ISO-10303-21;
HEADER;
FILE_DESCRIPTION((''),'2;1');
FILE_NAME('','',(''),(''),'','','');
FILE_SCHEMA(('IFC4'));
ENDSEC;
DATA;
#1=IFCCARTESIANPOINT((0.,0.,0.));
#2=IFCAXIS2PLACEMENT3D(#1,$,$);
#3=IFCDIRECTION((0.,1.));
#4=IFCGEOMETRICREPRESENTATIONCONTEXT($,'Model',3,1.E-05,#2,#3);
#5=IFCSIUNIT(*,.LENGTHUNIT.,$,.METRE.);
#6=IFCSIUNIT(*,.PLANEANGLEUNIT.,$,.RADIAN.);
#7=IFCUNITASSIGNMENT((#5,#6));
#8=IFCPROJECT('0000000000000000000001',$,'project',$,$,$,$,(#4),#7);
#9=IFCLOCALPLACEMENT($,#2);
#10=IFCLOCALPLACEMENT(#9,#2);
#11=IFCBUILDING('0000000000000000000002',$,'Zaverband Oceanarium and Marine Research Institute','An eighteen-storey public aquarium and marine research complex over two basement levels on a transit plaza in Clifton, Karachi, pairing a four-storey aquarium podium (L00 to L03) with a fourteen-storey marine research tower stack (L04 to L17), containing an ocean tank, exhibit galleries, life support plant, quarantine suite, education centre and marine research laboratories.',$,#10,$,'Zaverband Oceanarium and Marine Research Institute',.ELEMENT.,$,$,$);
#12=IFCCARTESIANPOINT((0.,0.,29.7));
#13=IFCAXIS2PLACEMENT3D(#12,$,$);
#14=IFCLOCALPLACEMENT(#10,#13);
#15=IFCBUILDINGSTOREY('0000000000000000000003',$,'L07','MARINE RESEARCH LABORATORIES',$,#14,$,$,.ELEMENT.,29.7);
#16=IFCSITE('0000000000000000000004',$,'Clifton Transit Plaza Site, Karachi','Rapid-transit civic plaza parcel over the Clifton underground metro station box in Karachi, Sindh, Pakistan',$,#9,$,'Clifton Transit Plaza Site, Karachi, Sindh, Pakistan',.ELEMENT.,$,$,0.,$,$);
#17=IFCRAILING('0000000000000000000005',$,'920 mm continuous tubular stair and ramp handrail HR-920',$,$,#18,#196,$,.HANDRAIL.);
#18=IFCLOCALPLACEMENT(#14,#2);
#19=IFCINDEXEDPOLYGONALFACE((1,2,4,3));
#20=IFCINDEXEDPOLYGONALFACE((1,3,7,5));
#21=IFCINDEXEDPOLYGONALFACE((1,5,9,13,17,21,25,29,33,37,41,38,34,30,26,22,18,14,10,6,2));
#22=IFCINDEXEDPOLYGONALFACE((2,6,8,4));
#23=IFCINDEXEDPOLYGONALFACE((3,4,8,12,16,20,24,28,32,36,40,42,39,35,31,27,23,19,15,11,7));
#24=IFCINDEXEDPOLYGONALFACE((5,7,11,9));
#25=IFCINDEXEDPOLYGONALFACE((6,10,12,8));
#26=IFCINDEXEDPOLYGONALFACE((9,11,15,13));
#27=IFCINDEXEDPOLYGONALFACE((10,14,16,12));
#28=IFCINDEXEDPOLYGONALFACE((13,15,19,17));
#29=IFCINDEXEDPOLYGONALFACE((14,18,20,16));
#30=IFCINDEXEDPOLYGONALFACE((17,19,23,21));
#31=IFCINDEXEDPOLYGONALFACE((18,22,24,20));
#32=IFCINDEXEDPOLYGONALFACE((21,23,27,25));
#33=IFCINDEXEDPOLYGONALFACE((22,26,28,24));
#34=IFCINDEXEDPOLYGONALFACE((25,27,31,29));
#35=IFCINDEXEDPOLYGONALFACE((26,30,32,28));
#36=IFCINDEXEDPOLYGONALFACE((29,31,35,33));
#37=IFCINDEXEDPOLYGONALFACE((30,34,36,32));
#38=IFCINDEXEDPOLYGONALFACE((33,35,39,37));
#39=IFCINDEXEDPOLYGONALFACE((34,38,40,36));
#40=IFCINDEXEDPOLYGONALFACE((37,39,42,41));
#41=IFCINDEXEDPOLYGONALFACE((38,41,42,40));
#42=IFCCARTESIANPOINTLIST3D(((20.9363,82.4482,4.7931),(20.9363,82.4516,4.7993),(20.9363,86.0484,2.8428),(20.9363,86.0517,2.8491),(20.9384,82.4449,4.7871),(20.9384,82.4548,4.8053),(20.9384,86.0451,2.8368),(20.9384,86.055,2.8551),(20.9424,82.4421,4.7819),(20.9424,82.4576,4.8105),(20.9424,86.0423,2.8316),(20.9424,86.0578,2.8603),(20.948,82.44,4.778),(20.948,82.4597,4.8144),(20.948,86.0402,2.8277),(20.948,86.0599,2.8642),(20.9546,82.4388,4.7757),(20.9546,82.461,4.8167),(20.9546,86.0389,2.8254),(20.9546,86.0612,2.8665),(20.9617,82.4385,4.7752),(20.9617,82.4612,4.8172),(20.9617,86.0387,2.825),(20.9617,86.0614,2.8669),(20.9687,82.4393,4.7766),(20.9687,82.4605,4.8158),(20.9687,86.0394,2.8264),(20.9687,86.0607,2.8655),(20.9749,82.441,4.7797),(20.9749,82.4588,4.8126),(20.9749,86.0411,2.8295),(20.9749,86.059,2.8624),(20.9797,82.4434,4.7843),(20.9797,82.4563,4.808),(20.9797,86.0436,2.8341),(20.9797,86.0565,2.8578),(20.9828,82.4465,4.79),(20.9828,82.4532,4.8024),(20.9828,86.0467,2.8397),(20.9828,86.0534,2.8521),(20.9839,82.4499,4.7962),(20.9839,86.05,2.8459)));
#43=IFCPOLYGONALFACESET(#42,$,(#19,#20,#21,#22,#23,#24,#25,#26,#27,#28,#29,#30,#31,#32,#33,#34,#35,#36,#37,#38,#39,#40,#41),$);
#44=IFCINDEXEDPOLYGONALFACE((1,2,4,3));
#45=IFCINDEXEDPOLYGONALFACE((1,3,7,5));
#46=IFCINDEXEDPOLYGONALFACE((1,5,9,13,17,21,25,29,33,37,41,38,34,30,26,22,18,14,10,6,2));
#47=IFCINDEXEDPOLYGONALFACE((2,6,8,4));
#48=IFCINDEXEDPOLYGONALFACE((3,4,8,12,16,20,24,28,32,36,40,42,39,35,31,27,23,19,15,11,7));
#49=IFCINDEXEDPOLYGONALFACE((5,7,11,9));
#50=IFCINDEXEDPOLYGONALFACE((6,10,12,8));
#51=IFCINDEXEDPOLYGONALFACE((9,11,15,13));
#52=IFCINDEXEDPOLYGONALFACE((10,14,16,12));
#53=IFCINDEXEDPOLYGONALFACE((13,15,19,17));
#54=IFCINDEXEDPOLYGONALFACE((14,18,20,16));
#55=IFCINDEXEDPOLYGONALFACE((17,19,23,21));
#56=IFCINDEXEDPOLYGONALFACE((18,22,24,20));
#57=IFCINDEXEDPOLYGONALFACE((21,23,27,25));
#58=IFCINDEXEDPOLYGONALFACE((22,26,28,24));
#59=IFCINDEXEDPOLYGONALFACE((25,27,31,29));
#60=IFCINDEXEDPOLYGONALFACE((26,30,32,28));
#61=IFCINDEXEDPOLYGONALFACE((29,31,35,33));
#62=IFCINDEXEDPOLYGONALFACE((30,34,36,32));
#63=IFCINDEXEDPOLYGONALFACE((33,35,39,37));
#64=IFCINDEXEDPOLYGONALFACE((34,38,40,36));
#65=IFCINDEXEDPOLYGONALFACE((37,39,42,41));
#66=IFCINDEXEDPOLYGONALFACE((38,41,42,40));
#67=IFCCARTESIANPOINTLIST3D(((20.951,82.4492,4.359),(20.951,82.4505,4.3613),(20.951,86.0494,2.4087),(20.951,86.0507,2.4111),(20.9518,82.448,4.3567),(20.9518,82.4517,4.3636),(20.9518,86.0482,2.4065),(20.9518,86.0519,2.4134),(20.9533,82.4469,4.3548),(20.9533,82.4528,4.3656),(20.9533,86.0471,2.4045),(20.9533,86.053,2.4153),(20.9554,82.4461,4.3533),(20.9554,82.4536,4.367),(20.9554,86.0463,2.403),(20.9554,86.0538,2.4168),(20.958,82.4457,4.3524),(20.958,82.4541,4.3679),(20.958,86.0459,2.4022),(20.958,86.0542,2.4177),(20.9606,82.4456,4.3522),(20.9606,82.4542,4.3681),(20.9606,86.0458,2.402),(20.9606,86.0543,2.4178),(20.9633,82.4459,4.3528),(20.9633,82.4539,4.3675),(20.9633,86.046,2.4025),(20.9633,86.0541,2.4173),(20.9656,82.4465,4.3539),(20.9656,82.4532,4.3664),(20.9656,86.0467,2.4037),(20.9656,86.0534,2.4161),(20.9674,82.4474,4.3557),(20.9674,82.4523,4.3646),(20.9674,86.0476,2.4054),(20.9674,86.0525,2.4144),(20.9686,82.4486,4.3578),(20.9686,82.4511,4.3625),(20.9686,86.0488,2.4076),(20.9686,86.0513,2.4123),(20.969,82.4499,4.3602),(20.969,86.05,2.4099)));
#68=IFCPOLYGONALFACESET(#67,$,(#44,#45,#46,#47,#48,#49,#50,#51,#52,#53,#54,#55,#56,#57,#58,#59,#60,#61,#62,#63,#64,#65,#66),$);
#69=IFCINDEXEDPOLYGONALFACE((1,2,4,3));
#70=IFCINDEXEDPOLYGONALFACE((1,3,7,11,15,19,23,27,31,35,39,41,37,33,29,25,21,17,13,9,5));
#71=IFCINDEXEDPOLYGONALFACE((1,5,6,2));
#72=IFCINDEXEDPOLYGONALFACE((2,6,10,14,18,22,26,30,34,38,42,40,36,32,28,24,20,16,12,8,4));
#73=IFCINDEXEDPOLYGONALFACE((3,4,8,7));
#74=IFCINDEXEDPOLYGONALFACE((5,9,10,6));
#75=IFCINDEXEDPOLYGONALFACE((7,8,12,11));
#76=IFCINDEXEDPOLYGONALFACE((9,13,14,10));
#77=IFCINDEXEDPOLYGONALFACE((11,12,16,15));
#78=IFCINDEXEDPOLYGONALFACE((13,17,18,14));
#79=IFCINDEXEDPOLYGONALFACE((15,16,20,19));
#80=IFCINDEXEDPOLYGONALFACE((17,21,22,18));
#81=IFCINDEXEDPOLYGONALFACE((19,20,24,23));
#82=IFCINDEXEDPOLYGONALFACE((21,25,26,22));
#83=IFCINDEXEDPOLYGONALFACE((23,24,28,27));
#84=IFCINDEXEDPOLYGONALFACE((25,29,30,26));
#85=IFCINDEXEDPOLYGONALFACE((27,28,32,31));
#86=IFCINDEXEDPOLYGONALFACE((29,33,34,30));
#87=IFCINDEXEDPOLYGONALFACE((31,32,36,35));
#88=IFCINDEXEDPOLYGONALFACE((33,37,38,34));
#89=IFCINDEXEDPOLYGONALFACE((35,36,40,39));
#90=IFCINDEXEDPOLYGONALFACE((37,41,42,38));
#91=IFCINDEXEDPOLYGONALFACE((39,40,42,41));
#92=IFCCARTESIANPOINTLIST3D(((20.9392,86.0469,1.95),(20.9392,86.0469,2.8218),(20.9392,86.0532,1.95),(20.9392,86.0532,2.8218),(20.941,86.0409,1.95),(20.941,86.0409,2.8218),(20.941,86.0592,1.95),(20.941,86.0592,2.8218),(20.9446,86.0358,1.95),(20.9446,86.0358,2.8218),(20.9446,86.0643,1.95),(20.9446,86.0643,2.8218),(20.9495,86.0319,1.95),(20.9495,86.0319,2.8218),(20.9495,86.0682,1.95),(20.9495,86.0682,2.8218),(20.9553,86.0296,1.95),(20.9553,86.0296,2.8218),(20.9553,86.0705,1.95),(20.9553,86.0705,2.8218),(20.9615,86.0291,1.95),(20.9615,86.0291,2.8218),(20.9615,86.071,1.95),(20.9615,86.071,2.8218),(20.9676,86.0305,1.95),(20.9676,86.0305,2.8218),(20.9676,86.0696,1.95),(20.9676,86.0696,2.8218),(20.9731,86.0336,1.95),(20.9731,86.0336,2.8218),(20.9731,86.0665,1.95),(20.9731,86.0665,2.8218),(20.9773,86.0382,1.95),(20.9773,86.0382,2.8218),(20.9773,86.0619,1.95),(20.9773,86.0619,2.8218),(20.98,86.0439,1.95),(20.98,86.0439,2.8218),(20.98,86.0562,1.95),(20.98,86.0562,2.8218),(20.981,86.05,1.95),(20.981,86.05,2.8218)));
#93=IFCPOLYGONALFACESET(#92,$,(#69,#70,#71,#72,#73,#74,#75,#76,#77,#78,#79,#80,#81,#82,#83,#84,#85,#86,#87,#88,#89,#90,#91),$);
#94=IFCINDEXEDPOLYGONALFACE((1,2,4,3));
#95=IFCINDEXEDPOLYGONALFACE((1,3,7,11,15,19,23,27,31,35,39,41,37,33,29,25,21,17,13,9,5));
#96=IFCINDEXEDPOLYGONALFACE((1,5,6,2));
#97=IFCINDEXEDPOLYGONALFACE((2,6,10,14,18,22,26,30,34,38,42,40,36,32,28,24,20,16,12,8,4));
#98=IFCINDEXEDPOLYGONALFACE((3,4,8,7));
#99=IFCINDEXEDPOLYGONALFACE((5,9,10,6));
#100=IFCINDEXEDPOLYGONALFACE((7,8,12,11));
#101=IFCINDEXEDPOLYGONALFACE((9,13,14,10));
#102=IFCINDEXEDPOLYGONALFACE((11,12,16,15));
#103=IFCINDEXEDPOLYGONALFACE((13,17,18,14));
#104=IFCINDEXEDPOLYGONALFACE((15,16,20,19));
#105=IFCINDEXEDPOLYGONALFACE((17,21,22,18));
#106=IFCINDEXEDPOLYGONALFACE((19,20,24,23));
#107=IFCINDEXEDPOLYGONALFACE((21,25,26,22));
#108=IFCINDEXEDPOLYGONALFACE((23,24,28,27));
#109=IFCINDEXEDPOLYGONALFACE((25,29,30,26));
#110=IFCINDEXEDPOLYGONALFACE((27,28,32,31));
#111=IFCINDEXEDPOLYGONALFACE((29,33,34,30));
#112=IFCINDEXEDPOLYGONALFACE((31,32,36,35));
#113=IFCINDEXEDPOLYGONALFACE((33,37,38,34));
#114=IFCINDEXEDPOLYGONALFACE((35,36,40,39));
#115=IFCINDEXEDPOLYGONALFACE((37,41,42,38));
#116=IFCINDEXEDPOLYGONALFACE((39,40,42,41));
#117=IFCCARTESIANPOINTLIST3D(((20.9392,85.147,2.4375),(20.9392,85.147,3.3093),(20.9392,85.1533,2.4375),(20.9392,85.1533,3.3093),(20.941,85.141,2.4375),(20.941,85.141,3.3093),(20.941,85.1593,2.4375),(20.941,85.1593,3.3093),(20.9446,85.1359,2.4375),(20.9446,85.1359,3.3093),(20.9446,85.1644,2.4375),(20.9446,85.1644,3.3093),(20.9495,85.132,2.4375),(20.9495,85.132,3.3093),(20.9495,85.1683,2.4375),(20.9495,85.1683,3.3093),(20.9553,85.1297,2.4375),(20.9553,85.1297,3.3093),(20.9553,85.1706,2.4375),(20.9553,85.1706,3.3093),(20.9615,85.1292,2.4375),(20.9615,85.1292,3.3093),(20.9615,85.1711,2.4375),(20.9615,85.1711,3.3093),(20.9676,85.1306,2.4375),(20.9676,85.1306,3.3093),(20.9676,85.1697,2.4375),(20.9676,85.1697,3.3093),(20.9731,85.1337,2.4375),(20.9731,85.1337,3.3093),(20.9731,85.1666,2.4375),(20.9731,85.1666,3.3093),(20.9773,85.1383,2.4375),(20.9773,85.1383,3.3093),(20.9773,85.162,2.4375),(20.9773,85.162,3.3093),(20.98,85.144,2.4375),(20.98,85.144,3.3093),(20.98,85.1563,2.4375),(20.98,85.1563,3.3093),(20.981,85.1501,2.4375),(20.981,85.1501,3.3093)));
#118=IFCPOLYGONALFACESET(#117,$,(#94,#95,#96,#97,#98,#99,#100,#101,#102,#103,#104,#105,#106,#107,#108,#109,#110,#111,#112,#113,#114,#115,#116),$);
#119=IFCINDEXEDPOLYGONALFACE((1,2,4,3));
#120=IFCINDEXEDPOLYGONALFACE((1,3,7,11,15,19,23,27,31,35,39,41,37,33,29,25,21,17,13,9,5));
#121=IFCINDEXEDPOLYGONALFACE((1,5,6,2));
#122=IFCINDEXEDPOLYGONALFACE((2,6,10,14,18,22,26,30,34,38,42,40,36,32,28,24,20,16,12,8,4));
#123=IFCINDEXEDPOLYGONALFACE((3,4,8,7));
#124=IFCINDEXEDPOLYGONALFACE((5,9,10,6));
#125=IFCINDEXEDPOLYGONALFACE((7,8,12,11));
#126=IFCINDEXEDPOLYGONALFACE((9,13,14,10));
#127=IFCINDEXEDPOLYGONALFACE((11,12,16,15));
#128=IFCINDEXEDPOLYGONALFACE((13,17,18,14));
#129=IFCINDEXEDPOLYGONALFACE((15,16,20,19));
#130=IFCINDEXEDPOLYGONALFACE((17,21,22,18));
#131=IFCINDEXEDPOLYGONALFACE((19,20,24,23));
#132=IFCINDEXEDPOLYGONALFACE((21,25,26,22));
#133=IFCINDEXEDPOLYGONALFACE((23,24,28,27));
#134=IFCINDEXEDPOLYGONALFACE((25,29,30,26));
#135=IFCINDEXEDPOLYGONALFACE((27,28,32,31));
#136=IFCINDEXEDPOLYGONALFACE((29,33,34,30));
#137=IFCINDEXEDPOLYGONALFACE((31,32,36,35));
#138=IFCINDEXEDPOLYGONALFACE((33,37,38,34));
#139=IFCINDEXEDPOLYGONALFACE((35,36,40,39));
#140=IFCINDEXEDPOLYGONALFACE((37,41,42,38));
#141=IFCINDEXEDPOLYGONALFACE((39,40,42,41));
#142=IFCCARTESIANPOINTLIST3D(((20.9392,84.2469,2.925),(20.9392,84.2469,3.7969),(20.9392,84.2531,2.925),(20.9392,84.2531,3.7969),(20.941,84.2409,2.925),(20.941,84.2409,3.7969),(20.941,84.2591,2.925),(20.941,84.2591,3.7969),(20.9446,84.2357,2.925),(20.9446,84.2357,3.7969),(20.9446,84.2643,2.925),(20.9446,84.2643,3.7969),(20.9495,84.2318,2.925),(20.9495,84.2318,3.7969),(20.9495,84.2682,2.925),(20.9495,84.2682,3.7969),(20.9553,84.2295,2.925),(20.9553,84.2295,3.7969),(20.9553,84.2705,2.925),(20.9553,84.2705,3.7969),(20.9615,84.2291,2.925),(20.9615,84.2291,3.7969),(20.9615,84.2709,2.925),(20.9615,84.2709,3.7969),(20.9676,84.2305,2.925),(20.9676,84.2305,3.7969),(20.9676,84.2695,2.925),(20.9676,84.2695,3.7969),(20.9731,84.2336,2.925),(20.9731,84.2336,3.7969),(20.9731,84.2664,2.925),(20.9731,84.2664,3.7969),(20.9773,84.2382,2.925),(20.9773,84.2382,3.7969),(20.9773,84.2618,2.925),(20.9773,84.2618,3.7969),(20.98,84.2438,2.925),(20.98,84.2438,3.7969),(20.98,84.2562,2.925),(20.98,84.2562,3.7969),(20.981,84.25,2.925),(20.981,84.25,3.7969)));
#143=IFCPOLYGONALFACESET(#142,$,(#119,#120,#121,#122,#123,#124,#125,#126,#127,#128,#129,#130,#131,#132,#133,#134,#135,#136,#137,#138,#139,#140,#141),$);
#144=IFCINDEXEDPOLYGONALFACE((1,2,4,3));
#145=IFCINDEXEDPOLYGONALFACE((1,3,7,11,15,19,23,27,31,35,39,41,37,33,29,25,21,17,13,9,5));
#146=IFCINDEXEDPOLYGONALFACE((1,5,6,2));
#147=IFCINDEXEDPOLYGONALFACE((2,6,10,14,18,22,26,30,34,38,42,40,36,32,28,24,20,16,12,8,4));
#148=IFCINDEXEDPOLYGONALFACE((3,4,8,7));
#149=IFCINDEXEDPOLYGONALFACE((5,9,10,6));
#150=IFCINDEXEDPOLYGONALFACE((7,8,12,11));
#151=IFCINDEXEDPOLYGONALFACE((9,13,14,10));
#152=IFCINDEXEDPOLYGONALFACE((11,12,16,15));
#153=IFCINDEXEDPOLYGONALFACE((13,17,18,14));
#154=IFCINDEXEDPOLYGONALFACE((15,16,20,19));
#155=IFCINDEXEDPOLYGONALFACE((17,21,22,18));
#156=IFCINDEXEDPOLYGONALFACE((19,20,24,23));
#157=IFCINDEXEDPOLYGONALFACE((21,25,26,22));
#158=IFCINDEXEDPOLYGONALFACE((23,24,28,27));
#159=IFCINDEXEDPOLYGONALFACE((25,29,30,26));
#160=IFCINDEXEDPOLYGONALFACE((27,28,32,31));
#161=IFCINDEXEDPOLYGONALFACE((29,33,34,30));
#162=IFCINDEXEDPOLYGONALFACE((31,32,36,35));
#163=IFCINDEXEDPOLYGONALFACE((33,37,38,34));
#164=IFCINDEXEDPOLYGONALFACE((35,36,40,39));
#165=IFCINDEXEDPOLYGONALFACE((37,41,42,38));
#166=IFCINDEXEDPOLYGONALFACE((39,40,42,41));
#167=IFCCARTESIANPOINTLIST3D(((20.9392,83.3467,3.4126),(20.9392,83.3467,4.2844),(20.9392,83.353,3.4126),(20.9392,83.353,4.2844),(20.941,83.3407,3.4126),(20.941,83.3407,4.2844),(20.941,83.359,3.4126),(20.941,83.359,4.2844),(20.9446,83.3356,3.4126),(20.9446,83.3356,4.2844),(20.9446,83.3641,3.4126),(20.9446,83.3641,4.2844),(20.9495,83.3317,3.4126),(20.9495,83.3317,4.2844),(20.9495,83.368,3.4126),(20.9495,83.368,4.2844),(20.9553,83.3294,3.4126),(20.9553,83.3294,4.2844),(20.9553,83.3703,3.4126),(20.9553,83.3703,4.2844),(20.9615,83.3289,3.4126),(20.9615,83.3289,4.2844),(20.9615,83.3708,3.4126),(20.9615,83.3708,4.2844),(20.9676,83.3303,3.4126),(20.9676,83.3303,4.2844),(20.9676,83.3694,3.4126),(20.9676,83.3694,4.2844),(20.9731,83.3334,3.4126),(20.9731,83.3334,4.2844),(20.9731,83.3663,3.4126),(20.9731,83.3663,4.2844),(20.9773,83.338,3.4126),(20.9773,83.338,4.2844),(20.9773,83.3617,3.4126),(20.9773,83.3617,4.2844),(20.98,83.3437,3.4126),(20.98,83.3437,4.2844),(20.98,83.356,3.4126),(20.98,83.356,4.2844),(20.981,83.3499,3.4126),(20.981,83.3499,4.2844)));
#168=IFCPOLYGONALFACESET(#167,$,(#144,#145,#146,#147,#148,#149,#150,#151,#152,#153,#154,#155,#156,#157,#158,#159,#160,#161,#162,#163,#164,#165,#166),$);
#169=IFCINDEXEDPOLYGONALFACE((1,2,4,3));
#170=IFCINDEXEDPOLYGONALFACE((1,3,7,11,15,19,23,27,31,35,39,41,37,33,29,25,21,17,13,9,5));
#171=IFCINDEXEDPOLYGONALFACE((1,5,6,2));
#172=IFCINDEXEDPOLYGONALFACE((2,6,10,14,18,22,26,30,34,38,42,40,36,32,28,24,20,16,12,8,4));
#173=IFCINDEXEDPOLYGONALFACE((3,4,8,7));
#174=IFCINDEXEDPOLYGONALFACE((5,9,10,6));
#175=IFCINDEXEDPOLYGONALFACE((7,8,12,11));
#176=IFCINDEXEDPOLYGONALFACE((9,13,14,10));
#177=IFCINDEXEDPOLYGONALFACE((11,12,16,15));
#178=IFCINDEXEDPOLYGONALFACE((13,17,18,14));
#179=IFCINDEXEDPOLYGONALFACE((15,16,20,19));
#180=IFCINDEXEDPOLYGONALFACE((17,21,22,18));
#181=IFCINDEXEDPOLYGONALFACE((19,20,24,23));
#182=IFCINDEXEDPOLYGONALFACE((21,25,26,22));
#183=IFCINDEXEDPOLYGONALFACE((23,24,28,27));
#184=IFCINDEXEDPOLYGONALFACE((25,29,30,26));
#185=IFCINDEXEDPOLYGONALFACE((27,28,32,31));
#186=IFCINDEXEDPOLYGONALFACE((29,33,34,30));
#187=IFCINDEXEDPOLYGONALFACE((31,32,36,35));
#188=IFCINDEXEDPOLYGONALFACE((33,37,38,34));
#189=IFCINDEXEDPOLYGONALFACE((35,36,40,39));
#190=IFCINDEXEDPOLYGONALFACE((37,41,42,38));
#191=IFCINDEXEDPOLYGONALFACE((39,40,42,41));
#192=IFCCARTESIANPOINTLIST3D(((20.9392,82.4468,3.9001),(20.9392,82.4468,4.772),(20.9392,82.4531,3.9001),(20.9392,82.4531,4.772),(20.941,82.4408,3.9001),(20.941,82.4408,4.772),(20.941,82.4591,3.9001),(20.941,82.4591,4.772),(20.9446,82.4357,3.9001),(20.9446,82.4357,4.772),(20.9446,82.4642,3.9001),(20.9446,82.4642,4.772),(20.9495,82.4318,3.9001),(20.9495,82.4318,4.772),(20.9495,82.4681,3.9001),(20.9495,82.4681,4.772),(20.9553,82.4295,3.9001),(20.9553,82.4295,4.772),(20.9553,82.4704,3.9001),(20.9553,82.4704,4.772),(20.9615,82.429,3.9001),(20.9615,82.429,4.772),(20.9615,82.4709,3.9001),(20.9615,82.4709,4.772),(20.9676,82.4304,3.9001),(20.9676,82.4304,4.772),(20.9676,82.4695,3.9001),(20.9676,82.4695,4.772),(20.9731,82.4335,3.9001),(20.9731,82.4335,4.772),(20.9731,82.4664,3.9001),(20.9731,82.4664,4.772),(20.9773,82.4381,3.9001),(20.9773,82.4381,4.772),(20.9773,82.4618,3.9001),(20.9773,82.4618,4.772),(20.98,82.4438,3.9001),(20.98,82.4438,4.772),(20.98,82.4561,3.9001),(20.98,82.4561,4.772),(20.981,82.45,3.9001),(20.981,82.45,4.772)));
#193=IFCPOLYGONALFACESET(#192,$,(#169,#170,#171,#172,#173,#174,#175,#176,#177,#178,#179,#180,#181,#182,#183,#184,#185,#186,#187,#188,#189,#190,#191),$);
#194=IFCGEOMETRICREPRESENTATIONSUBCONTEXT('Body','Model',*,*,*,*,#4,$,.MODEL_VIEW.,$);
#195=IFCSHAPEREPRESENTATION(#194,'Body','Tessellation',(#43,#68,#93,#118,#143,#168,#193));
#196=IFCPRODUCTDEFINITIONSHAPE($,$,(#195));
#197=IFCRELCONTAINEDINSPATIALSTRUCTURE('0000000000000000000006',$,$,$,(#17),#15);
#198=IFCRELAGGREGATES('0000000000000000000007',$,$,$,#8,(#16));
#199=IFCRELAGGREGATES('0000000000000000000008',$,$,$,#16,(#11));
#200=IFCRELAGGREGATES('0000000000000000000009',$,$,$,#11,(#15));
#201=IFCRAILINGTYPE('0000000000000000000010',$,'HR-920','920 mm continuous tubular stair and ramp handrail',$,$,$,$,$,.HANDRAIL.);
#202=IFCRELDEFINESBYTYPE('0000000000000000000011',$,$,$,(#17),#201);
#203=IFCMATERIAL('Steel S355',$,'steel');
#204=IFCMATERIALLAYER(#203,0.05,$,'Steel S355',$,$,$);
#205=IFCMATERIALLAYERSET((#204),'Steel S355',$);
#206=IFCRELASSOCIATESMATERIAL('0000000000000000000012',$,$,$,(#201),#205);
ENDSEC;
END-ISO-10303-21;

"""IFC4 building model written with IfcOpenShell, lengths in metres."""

from ifc_helpers import new_model, si_unit, direction, frame, origin, origin_2d, place, context, subcontext, project, spatial, circle, extrude, material, layer, layer_set, type_object, element, save


model = new_model("IFC4")

# Units and contexts
model_context = context("Model", 3, precision=1e-05, world=origin(), true_north=direction((0.0, 1.0)))
body_context = subcontext(model_context, "Body", "Model", "MODEL_VIEW")
ifc_project = project(units=[si_unit("LENGTHUNIT", "METRE"), si_unit("PLANEANGLEUNIT", "RADIAN")], contexts=[model_context])

# Site, building, storey
site_placement = place(None, origin())
site = spatial("IfcSite", under=ifc_project, at=site_placement, Name="Clifton Transit Plaza Site, Karachi", Description="Rapid-transit civic plaza parcel over the Clifton underground metro station box in Karachi, Sindh, Pakistan", LongName="Clifton Transit Plaza Site, Karachi, Sindh, Pakistan", CompositionType="ELEMENT", RefElevation=0.0)
building_placement = place(site_placement, origin())
building = spatial("IfcBuilding", under=site, at=building_placement, Name="Zaverband Oceanarium and Marine Research Institute", Description="An eighteen-storey public aquarium and marine research complex over two basement levels on a transit plaza in Clifton, Karachi, pairing a four-storey aquarium podium (L00 to L03) with a fourteen-storey marine research tower stack (L04 to L17), containing an ocean tank, exhibit galleries, life support plant, quarantine suite, education centre and marine research laboratories.", LongName="Zaverband Oceanarium and Marine Research Institute", CompositionType="ELEMENT")
storey_placement = place(building_placement, frame((0.0, 0.0, 29.7)))
storey = spatial("IfcBuildingStorey", under=building, at=storey_placement, Name="L07", Description="MARINE RESEARCH LABORATORIES", CompositionType="ELEMENT", Elevation=29.7)

# Shared definitions
ifc_material_1 = material(Name="Steel S355", Category="steel")

# Railing
ifc_layer_1 = layer(ifc_material_1, 0.05, Name="Steel S355")
ifc_layer_set_1 = layer_set([ifc_layer_1], Name="Steel S355")
railing_type_1 = type_object("IfcRailingType", Name="HR-920", Description="920 mm continuous tubular stair and ramp handrail", PredefinedType="HANDRAIL", material=ifc_layer_set_1)
railing_1_placement = place(storey_placement, frame((20.96, 86.05, 1.95)))
element("IfcRailing", 1, at=railing_1_placement, inside=storey, type_object=railing_type_1, Name="920 mm continuous tubular stair and ramp handrail HR-920", PredefinedType="HANDRAIL", context=body_context, shape_type="SweptSolid", body=[
    extrude(circle(Radius=0.0239, at=origin_2d()), frame((0.0, 0.0, 0.896), z_axis=(0.0, -0.879277, 0.47631), x_axis=(1.0, 0.0, 0.0)), (0.0, 0.0, 1.0), 4.0945),
    extrude(circle(Radius=0.009, at=origin_2d()), frame((0.0, 0.0, 0.46), z_axis=(0.0, -0.879277, 0.47631), x_axis=(1.0, 0.0, 0.0)), (0.0, 0.0, 1.0), 4.0945),
    extrude(circle(Radius=0.021, at=origin_2d()), origin(), (0.0, 0.0, 1.0), 0.8718),
    extrude(circle(Radius=0.021, at=origin_2d()), frame((0.0, -0.8999, 0.4875)), (0.0, 0.0, 1.0), 0.8718),
    extrude(circle(Radius=0.021, at=origin_2d()), frame((0.0, -1.8, 0.9751)), (0.0, 0.0, 1.0), 0.8718),
    extrude(circle(Radius=0.021, at=origin_2d()), frame((0.0, -2.7002, 1.4626)), (0.0, 0.0, 1.0), 0.8718),
    extrude(circle(Radius=0.021, at=origin_2d()), frame((0.0, -3.6001, 1.9502)), (0.0, 0.0, 1.0), 0.8718),
])

save(model, "model.ifc")
